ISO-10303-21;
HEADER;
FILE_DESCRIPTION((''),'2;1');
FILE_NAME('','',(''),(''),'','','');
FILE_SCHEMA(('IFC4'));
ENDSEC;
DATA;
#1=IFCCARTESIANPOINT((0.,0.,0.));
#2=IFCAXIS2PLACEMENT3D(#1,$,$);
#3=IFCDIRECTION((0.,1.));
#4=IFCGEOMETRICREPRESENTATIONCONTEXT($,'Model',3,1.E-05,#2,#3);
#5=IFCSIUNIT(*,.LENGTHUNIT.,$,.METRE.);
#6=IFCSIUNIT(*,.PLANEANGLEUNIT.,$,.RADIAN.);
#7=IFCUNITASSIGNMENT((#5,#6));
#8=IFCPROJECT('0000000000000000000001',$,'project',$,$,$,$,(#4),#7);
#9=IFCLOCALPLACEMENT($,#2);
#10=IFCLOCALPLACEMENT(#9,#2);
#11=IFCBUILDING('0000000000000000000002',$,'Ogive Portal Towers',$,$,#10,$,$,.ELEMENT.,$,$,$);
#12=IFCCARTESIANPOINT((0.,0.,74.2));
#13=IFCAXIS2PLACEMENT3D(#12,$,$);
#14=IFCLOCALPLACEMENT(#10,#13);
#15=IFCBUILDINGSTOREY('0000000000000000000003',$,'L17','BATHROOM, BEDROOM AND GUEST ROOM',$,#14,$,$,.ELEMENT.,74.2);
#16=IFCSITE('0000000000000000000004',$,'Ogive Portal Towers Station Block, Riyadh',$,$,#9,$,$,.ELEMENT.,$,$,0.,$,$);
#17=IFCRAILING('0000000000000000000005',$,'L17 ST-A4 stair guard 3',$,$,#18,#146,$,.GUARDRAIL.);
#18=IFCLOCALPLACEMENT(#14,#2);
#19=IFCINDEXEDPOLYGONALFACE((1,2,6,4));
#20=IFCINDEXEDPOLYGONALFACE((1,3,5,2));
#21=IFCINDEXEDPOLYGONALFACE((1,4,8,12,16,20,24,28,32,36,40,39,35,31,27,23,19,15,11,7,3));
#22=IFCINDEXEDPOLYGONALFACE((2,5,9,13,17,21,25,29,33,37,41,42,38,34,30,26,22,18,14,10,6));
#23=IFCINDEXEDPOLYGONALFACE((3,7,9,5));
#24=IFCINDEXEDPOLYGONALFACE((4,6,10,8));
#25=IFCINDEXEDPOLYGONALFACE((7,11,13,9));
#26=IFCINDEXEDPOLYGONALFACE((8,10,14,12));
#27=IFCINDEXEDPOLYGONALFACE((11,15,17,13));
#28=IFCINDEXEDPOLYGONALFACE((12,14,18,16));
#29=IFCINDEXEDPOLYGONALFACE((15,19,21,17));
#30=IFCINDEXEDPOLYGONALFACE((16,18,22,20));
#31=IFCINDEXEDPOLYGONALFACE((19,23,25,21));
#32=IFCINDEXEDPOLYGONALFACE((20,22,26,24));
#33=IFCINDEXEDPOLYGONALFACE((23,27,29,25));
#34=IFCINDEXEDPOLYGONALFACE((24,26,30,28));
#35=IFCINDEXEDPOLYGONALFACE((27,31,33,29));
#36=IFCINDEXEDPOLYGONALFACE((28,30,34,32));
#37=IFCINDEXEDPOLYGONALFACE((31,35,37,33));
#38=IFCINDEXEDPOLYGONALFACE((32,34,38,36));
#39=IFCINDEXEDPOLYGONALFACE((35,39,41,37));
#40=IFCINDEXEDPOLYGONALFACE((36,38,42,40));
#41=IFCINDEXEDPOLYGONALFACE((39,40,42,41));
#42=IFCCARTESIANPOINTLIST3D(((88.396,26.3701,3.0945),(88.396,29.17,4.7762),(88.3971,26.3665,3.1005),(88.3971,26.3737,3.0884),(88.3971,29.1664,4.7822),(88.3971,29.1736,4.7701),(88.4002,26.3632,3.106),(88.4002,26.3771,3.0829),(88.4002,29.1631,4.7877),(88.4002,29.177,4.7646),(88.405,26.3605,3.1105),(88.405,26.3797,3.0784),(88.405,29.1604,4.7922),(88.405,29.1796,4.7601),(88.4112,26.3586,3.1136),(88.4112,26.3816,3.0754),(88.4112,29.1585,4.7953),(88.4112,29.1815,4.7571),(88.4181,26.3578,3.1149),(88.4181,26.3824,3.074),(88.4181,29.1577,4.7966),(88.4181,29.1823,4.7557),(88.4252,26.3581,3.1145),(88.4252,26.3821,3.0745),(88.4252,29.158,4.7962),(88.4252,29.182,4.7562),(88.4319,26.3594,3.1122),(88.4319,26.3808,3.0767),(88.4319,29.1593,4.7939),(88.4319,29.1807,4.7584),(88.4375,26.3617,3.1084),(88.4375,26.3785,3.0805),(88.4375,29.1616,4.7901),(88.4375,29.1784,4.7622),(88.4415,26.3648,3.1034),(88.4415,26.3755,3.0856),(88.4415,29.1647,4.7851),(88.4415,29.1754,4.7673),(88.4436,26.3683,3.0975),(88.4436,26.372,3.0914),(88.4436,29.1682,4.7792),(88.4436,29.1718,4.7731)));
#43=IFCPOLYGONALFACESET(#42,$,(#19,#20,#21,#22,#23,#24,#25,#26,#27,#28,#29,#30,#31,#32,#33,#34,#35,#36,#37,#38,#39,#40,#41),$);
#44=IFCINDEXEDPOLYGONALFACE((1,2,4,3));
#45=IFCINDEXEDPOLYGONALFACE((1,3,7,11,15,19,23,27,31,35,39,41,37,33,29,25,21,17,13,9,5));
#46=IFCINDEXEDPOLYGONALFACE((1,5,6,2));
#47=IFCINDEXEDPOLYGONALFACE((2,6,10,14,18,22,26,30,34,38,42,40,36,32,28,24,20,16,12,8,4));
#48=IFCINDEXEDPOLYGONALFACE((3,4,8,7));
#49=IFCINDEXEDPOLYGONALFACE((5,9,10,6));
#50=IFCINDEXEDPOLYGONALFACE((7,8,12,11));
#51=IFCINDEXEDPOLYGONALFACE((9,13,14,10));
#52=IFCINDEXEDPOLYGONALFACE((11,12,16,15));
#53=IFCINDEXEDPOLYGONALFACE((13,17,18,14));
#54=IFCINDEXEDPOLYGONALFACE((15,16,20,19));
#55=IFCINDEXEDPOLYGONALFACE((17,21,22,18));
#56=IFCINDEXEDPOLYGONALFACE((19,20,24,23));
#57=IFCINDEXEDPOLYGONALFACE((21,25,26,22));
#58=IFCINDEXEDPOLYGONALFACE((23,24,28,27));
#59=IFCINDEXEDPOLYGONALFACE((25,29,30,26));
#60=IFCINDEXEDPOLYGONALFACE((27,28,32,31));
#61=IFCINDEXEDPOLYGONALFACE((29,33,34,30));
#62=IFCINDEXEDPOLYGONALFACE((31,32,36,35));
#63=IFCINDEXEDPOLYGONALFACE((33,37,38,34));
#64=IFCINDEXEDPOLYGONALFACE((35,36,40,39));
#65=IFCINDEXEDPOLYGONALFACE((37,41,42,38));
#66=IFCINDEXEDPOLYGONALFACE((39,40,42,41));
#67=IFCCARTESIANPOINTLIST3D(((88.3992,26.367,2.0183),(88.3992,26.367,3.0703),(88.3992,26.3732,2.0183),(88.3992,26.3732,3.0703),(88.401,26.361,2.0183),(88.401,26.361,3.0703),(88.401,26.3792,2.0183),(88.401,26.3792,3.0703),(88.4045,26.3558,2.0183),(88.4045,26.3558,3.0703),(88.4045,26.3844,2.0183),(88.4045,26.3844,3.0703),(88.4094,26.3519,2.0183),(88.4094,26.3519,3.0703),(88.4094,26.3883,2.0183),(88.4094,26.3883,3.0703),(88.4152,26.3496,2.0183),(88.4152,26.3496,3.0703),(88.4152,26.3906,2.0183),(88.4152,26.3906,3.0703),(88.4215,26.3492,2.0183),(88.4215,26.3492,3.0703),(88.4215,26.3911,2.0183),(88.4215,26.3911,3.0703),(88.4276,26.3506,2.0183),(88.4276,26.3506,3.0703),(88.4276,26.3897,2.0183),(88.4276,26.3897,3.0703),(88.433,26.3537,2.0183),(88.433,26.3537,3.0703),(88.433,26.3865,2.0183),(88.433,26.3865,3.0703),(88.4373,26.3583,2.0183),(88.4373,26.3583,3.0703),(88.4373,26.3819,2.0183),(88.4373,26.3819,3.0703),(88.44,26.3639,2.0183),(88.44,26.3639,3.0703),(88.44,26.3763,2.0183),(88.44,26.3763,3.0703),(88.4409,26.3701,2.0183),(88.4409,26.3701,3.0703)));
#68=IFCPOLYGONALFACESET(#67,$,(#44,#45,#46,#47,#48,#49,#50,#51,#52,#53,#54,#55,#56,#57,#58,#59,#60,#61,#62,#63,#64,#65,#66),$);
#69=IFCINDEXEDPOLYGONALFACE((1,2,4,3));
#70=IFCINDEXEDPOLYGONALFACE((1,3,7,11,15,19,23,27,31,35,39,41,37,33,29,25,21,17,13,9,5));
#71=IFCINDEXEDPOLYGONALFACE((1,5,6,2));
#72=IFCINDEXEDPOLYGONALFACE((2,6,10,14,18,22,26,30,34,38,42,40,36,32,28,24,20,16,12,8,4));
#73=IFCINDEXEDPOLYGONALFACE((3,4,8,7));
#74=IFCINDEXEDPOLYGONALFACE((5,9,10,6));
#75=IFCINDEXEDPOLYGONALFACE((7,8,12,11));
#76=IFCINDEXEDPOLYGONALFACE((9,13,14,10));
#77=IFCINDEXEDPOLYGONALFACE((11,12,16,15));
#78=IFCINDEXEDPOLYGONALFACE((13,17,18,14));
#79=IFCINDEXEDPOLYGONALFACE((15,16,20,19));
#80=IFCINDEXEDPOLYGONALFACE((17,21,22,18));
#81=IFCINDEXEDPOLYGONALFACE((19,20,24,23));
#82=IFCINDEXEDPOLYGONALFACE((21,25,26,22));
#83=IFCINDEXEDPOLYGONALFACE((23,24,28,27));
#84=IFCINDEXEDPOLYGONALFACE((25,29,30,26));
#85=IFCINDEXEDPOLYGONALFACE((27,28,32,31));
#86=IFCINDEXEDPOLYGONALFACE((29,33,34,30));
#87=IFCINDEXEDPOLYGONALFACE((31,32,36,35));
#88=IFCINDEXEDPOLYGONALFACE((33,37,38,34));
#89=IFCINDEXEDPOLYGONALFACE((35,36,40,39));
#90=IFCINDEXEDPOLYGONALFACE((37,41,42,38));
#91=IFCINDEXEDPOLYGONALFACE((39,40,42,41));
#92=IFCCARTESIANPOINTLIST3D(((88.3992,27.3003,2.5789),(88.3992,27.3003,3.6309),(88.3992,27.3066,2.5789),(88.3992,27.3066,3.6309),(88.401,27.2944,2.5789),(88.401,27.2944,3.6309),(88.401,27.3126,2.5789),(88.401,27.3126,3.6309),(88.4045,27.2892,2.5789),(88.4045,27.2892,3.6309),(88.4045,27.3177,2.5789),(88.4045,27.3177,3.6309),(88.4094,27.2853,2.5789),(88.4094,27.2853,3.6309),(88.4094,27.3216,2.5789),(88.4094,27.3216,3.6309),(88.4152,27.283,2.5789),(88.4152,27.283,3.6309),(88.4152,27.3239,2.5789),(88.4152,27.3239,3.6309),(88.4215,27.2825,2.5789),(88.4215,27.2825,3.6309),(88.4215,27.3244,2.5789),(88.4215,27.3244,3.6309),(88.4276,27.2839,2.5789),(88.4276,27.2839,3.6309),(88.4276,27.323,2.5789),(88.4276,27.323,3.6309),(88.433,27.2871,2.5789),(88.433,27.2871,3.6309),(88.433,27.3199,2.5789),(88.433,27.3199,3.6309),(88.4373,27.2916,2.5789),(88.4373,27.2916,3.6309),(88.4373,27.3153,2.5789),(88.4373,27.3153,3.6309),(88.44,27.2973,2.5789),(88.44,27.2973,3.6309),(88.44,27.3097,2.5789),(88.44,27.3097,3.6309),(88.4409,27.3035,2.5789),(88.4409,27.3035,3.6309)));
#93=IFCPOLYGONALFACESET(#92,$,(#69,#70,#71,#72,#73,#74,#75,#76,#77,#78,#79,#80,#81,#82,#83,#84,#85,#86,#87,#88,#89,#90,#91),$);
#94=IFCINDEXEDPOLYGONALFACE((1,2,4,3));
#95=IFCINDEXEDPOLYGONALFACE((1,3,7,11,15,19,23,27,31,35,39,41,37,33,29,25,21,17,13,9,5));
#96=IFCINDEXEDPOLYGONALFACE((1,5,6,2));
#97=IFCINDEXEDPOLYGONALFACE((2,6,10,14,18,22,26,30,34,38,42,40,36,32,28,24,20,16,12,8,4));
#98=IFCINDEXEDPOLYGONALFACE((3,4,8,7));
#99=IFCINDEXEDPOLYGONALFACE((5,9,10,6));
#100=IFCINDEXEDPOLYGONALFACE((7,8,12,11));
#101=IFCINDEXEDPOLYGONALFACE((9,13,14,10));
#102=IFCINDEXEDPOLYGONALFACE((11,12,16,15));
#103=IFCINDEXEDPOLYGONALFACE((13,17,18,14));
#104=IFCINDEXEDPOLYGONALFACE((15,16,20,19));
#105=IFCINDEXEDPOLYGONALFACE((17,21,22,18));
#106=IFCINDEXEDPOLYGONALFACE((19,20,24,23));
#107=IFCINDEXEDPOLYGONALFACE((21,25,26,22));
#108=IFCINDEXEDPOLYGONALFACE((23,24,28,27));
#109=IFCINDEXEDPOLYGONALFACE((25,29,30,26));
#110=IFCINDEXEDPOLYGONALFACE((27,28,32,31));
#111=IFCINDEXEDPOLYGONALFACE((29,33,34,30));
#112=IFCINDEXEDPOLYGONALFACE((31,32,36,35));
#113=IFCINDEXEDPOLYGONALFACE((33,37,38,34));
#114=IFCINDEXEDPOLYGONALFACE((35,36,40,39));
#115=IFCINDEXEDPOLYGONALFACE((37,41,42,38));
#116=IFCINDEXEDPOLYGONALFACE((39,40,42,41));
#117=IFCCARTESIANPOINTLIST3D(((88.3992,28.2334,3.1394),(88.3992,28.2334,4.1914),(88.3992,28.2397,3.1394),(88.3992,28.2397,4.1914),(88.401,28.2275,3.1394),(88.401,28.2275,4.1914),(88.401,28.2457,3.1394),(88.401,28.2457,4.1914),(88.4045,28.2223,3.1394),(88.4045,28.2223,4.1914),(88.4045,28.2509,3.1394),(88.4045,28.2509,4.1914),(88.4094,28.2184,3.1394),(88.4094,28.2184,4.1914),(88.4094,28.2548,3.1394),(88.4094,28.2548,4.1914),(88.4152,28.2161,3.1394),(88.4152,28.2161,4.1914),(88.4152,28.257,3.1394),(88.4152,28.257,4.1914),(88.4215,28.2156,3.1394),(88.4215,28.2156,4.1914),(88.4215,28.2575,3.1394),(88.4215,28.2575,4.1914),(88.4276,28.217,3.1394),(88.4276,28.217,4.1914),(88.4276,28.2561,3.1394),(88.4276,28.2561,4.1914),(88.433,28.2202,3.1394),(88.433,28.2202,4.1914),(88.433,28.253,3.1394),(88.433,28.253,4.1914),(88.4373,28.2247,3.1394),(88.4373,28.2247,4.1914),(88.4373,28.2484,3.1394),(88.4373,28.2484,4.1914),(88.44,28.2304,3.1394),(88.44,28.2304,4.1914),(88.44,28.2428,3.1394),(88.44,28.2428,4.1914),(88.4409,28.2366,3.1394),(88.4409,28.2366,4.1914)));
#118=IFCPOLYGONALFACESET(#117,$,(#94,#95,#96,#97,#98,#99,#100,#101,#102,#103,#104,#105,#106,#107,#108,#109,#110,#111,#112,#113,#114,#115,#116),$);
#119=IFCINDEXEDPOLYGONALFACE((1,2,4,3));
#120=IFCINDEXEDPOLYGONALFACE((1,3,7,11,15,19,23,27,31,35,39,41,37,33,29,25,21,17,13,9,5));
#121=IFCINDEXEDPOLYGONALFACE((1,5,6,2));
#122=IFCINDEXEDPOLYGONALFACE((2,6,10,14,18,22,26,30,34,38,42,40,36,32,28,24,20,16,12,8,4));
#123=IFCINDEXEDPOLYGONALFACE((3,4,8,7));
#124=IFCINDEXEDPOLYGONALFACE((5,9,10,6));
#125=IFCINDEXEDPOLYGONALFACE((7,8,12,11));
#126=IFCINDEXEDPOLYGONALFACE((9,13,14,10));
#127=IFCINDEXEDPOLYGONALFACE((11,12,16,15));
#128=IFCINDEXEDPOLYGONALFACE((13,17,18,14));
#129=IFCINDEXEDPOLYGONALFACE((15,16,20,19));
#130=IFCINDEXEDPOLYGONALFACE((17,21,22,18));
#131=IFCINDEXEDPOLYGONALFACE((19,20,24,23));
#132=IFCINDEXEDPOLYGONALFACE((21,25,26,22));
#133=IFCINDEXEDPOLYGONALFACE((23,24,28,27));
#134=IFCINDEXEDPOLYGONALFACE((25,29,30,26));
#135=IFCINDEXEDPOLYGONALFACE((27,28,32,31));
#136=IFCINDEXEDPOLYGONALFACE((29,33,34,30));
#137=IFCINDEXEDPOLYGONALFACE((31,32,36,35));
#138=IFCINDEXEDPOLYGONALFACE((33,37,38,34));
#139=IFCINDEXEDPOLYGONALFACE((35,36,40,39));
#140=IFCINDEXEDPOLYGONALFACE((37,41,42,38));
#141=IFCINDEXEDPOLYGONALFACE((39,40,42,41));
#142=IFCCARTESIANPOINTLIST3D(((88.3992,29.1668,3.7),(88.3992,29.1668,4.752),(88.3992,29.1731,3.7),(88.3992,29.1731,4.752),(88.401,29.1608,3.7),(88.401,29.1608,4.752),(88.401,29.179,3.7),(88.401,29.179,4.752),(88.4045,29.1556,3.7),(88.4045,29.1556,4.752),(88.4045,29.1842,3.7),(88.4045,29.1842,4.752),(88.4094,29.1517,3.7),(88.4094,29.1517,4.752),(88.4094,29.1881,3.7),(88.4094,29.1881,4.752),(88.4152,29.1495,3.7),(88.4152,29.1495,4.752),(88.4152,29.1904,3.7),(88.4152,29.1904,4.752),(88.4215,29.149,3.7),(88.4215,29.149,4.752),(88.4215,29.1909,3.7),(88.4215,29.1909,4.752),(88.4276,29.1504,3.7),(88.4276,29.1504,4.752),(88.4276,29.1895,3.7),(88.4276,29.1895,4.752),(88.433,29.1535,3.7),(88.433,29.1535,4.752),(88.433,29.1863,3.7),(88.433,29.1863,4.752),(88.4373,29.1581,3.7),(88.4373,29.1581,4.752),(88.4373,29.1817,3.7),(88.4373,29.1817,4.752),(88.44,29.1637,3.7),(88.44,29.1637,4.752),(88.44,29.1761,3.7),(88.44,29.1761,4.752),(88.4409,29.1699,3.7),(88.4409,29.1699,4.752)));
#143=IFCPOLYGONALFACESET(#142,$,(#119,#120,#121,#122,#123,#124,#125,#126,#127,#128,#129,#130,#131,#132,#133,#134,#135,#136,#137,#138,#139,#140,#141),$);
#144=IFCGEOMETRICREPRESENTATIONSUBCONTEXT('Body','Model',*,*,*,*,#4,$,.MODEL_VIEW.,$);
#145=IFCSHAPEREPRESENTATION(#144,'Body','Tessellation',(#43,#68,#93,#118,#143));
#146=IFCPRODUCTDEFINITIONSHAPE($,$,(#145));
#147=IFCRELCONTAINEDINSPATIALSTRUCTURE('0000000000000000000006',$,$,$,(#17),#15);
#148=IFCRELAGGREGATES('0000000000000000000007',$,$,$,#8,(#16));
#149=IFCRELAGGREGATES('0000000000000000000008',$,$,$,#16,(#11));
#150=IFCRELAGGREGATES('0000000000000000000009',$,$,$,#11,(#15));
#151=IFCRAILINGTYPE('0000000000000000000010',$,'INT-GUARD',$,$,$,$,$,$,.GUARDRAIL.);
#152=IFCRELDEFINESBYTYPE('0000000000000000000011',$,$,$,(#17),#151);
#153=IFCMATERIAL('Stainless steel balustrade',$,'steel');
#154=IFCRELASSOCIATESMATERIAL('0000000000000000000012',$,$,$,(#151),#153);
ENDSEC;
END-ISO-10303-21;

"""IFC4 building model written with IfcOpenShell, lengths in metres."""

from ifc_helpers import new_model, si_unit, direction, frame, origin, origin_2d, place, context, subcontext, project, spatial, circle, extrude, material, type_object, element, save


model = new_model("IFC4")

# Units and contexts
model_context = context("Model", 3, precision=1e-05, world=origin(), true_north=direction((0.0, 1.0)))
body_context = subcontext(model_context, "Body", "Model", "MODEL_VIEW")
ifc_project = project(units=[si_unit("LENGTHUNIT", "METRE"), si_unit("PLANEANGLEUNIT", "RADIAN")], contexts=[model_context])

# Site, building, storey
site_placement = place(None, origin())
site = spatial("IfcSite", under=ifc_project, at=site_placement, Name="Ogive Portal Towers Station Block, Riyadh", CompositionType="ELEMENT", RefElevation=0.0)
building_placement = place(site_placement, origin())
building = spatial("IfcBuilding", under=site, at=building_placement, Name="Ogive Portal Towers", CompositionType="ELEMENT")
storey_placement = place(building_placement, frame((0.0, 0.0, 74.2)))
storey = spatial("IfcBuildingStorey", under=building, at=storey_placement, Name="L17", Description="BATHROOM, BEDROOM AND GUEST ROOM", CompositionType="ELEMENT", Elevation=74.2)

# Railing
ifc_material_1 = material(Name="Stainless steel balustrade", Category="steel")
railing_type_1 = type_object("IfcRailingType", Name="INT-GUARD", PredefinedType="GUARDRAIL", material=ifc_material_1)
railing_1_placement = place(storey_placement, frame((88.4199, 26.3701, 2.0183)))
element("IfcRailing", 1, at=railing_1_placement, inside=storey, type_object=railing_type_1, Name="L17 ST-A4 stair guard 3", PredefinedType="GUARDRAIL", context=body_context, shape_type="SweptSolid", body=[
    extrude(circle(Radius=0.0239, at=origin_2d()), frame((0.0, 0.0, 1.0762), z_axis=(0.0, 0.857255, 0.514891), x_axis=(-1.0, 0.0, 0.0)), (0.0, 0.0, 1.0), 3.2661),
    extrude(circle(Radius=0.021, at=origin_2d()), origin(), (0.0, 0.0, 1.0), 1.052),
    extrude(circle(Radius=0.021, at=origin_2d()), frame((0.0, 0.9333, 0.5605)), (0.0, 0.0, 1.0), 1.052),
    extrude(circle(Radius=0.021, at=origin_2d()), frame((0.0, 1.8665, 1.1211)), (0.0, 0.0, 1.0), 1.052),
    extrude(circle(Radius=0.021, at=origin_2d()), frame((0.0, 2.7998, 1.6816)), (0.0, 0.0, 1.0), 1.052),
])

save(model, "model.ifc")
